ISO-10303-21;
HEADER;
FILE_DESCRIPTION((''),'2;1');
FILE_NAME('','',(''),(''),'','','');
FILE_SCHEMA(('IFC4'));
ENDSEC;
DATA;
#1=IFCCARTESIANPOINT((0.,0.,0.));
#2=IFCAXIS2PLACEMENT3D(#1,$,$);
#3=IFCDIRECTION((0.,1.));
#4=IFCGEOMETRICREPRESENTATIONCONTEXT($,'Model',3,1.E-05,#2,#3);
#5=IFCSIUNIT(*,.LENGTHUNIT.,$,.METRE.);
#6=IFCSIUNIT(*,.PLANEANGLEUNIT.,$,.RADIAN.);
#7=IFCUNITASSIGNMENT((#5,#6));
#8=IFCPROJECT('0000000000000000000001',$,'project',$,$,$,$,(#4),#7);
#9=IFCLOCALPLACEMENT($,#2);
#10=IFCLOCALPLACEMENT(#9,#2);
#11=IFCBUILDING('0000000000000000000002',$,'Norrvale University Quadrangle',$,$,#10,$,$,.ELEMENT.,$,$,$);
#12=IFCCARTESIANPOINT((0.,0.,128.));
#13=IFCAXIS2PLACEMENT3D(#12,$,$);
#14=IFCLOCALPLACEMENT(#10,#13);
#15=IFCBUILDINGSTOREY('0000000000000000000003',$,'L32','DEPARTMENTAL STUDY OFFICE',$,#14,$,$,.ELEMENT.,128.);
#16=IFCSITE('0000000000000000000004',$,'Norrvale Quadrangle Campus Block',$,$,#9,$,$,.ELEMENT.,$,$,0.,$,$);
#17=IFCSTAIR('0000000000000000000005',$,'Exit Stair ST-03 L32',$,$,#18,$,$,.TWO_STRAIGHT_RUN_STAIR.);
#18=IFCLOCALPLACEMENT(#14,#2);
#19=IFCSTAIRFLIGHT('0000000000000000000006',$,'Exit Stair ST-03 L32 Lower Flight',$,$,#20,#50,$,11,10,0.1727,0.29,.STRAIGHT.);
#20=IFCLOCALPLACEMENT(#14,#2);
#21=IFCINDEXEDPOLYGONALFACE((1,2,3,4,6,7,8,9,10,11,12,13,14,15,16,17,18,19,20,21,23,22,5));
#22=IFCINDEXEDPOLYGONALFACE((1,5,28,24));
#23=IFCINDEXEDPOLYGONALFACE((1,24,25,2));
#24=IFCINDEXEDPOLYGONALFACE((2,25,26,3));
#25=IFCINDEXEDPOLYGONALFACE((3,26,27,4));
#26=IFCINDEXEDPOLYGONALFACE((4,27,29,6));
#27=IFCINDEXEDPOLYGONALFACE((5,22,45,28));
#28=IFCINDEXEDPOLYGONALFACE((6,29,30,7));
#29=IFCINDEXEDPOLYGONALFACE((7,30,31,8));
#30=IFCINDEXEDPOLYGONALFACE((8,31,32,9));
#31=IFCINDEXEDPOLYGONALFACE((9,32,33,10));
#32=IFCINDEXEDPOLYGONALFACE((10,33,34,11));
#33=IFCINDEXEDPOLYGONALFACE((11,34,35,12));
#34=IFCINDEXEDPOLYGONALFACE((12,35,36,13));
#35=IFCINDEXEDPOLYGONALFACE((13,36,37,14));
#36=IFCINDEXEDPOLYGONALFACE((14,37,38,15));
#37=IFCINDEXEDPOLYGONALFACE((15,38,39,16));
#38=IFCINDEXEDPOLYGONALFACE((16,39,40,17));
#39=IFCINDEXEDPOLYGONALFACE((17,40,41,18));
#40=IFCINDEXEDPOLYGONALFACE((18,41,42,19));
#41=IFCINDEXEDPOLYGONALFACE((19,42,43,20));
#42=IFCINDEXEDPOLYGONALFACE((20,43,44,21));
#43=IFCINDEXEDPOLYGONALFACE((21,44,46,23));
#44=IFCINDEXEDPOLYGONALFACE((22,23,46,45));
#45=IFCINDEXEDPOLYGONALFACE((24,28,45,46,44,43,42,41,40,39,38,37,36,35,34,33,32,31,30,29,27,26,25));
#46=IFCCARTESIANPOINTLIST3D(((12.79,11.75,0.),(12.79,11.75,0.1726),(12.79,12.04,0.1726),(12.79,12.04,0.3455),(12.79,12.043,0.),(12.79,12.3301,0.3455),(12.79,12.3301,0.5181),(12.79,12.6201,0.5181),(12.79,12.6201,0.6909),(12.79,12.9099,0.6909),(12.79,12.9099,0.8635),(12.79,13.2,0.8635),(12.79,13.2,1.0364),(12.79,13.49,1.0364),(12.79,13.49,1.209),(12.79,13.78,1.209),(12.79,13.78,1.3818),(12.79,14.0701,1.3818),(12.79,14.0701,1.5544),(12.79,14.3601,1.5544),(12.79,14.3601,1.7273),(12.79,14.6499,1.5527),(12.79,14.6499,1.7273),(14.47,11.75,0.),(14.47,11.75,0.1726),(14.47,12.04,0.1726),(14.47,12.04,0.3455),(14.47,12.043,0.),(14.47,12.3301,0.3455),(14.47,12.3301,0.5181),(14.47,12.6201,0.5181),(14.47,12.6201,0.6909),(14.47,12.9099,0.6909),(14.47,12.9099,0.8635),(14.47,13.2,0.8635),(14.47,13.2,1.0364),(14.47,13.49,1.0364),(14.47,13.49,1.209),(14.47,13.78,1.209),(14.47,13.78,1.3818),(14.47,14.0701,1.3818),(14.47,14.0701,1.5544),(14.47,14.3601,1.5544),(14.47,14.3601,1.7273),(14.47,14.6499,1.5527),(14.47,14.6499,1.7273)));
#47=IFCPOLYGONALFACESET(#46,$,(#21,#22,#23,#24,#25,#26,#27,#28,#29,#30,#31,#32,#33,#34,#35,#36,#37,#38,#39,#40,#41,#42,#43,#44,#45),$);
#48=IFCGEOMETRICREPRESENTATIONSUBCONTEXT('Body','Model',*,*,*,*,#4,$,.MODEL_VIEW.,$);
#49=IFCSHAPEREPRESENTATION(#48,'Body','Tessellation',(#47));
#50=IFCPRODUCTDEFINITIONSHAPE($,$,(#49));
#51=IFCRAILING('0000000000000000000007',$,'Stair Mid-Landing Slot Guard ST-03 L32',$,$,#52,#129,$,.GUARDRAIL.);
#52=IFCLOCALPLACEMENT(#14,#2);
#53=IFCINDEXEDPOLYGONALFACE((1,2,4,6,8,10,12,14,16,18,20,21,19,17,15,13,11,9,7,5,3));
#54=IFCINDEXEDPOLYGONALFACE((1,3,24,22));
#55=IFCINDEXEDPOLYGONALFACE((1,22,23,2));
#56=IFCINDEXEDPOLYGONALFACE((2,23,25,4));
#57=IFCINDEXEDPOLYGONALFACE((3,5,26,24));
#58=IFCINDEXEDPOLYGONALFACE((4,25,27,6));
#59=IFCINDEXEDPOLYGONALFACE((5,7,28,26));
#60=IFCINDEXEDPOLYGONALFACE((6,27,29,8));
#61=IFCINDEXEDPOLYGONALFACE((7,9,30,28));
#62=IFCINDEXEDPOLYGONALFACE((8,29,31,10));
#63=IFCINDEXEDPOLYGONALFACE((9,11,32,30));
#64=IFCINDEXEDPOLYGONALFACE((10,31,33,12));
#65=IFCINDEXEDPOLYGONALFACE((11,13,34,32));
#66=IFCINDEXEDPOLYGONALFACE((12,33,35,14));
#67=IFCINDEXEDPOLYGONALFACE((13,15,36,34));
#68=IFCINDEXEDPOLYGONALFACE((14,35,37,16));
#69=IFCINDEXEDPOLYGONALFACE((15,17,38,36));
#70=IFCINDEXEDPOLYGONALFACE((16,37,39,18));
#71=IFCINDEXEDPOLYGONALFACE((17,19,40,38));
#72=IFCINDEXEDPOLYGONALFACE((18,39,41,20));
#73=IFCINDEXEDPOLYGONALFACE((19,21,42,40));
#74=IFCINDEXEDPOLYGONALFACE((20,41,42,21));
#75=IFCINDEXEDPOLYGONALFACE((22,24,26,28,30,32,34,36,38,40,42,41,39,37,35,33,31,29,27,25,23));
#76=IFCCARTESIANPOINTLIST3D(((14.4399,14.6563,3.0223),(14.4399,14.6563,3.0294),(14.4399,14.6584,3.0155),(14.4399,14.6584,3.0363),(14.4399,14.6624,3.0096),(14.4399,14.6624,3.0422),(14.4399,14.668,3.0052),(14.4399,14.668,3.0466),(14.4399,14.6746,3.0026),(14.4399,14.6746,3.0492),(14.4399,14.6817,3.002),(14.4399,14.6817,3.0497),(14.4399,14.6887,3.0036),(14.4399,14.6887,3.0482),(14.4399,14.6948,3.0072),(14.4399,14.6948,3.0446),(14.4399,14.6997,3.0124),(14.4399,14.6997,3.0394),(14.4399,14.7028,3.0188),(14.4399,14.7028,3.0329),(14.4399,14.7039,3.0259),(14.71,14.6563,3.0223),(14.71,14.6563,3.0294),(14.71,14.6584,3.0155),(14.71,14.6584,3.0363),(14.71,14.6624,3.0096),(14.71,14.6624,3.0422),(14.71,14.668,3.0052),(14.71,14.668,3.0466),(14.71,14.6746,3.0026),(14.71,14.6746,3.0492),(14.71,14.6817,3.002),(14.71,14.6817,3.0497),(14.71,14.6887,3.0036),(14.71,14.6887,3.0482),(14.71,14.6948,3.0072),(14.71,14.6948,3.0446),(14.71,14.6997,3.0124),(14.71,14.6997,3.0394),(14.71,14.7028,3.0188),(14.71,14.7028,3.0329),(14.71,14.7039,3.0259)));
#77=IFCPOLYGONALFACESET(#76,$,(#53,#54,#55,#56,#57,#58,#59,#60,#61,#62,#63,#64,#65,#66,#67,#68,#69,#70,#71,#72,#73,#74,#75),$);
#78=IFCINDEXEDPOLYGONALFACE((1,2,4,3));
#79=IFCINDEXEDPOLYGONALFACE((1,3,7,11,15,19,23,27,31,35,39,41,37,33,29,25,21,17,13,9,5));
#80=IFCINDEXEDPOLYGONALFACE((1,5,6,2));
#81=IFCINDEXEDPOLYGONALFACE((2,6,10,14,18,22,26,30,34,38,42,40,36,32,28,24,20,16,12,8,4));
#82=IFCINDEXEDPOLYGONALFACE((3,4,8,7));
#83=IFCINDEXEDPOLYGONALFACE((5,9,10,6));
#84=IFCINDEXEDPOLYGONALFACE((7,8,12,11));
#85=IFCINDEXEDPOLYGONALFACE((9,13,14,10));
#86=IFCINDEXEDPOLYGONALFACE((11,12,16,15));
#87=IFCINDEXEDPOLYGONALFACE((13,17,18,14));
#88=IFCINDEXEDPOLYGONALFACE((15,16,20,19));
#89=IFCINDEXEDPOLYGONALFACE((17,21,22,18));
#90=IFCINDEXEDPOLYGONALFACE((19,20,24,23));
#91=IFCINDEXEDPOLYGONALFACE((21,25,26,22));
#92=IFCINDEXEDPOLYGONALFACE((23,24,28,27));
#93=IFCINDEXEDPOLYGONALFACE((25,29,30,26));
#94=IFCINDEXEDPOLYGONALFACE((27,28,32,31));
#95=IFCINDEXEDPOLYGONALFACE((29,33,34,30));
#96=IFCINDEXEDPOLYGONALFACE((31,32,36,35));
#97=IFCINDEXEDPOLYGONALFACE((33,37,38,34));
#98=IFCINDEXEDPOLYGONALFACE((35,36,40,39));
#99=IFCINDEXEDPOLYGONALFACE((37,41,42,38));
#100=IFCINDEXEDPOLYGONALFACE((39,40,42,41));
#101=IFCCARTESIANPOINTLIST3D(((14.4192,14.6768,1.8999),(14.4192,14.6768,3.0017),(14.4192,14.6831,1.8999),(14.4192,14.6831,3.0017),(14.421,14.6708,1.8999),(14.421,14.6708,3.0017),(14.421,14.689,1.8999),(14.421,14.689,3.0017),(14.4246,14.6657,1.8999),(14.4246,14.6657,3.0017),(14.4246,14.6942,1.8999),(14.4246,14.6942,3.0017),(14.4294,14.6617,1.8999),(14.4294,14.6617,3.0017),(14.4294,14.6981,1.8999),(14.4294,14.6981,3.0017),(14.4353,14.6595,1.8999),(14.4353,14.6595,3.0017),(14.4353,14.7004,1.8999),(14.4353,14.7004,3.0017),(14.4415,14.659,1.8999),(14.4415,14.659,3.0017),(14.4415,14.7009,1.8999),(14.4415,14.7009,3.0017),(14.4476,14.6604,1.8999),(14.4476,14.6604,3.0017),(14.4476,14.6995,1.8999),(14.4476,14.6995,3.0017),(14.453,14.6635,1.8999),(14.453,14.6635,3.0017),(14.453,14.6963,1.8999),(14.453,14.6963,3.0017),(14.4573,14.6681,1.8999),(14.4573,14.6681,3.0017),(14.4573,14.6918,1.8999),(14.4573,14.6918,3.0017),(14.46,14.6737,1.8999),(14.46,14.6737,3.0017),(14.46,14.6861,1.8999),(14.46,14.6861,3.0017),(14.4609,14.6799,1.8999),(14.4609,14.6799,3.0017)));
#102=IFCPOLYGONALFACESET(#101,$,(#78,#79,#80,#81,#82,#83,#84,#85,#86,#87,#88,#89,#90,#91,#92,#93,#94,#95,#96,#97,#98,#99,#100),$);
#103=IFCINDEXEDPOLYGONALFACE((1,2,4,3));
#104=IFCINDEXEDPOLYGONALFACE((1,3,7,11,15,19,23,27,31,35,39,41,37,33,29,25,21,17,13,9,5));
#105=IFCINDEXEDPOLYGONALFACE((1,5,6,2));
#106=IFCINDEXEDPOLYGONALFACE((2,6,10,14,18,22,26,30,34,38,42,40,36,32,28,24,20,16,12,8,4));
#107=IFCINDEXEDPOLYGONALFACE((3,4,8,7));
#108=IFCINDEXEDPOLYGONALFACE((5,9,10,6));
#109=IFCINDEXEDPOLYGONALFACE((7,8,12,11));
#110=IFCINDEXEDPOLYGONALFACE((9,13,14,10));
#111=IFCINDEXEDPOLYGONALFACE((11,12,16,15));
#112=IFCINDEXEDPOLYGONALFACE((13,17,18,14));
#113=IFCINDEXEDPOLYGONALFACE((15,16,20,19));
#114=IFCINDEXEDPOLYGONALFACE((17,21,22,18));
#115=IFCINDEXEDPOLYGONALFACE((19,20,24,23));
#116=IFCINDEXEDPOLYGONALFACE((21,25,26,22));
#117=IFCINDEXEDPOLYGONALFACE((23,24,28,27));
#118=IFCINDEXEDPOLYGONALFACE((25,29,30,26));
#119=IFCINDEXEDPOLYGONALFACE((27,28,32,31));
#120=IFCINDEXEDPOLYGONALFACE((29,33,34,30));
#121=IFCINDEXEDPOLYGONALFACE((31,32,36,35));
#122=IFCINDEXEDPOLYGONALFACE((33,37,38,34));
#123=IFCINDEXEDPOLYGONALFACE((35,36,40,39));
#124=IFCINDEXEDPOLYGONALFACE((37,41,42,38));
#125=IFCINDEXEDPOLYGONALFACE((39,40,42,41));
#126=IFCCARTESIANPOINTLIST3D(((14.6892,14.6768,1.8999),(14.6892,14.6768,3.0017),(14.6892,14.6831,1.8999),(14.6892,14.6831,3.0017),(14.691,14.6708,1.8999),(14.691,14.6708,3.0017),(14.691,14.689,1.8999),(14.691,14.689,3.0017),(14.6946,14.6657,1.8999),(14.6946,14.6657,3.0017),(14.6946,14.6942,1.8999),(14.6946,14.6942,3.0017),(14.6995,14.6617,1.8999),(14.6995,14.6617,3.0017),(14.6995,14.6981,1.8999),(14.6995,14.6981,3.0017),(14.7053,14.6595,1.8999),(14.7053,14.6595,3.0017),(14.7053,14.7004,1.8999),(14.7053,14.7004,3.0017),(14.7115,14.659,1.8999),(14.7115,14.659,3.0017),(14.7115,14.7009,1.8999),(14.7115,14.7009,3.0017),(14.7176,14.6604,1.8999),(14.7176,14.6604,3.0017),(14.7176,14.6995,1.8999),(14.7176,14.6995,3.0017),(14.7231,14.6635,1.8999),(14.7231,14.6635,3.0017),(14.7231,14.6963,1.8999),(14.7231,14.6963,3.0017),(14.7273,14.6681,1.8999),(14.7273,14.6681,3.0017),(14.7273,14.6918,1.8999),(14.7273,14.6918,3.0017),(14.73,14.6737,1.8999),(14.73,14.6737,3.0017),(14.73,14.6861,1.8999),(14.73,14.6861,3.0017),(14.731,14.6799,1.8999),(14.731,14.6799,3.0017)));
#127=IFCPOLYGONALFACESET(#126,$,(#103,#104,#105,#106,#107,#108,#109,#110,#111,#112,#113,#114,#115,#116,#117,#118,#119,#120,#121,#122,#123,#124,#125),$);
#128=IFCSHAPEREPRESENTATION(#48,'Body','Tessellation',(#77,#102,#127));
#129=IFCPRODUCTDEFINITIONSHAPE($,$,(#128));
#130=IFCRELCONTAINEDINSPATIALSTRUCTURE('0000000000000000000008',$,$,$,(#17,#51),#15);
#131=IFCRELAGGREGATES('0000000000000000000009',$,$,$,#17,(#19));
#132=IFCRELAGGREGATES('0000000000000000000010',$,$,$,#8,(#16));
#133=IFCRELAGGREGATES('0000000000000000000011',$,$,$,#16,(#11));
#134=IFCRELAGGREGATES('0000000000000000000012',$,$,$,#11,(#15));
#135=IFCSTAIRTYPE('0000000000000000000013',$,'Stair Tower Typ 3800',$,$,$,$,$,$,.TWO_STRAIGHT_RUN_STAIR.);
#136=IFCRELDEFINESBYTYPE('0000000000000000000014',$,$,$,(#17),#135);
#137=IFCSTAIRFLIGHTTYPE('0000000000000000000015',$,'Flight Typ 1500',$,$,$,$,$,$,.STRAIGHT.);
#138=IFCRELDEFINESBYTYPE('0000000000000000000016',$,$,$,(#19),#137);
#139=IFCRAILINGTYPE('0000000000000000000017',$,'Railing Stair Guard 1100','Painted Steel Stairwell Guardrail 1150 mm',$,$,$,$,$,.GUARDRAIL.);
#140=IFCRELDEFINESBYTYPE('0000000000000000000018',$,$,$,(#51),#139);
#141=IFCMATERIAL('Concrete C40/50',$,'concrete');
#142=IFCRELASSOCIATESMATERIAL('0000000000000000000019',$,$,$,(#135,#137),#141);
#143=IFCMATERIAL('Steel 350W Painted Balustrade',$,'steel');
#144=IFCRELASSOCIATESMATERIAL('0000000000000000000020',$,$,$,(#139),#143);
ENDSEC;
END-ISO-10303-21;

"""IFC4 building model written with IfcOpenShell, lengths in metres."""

from ifc_helpers import new_model, si_unit, direction, frame, origin, origin_2d, place, context, subcontext, project, spatial, polyline, circle, outline, extrude, material, type_object, element, aggregate, save


model = new_model("IFC4")

# Units and contexts
model_context = context("Model", 3, precision=1e-05, world=origin(), true_north=direction((0.0, 1.0)))
body_context = subcontext(model_context, "Body", "Model", "MODEL_VIEW")
ifc_project = project(units=[si_unit("LENGTHUNIT", "METRE"), si_unit("PLANEANGLEUNIT", "RADIAN")], contexts=[model_context])

# Site, building, storey
site_placement = place(None, origin())
site = spatial("IfcSite", under=ifc_project, at=site_placement, Name="Norrvale Quadrangle Campus Block", CompositionType="ELEMENT", RefElevation=0.0)
building_placement = place(site_placement, origin())
building = spatial("IfcBuilding", under=site, at=building_placement, Name="Norrvale University Quadrangle", CompositionType="ELEMENT")
storey_placement = place(building_placement, frame((0.0, 0.0, 128.0)))
storey = spatial("IfcBuildingStorey", under=building, at=storey_placement, Name="L32", Description="DEPARTMENTAL STUDY OFFICE", CompositionType="ELEMENT", Elevation=128.0)

# Stair, stair flight
ifc_material_1 = material(Name="Concrete C40/50", Category="concrete")
stair_type = type_object("IfcStairType", Name="Stair Tower Typ 3800", PredefinedType="TWO_STRAIGHT_RUN_STAIR", material=ifc_material_1)
stair_placement = place(storey_placement, origin())
stair = element("IfcStair", 1, at=stair_placement, inside=storey, type_object=stair_type, Name="Exit Stair ST-03 L32", PredefinedType="TWO_STRAIGHT_RUN_STAIR")
stair_flight_type = type_object("IfcStairFlightType", Name="Flight Typ 1500", PredefinedType="STRAIGHT", material=ifc_material_1)
stair_flight_placement = place(storey_placement, frame((13.6299, 11.75, 0.0), z_axis=(0.0, 0.0, 1.0), x_axis=(0.0, 1.0, 0.0)))
stair_flight = element("IfcStairFlight", 2, at=stair_flight_placement, type_object=stair_flight_type, Name="Exit Stair ST-03 L32 Lower Flight", NumberOfRisers=11, NumberOfTreads=10, PredefinedType="STRAIGHT", RiserHeight=0.1727, TreadLength=0.29, context=body_context, shape_type="SweptSolid", body=[
    extrude(outline(polyline([(0.0, 0.0), (0.0, 0.1726), (0.29, 0.1726), (0.29, 0.3455), (0.5801, 0.3455), (0.5801, 0.5181), (0.8701, 0.5181), (0.8701, 0.6909), (1.1599, 0.6909), (1.1599, 0.8635), (1.45, 0.8635), (1.45, 1.0364), (1.74, 1.0364), (1.74, 1.209), (2.03, 1.209), (2.03, 1.3818), (2.3201, 1.3818), (2.3201, 1.5544), (2.6101, 1.5544), (2.6101, 1.7273), (2.8999, 1.7273), (2.8999, 1.8999), (2.8999, 1.5527), (0.293, 0.0), (0.0, 0.0)])), frame((0.0, 0.8398, 0.0), z_axis=(0.0, -1.0, 0.0), x_axis=(1.0, 0.0, 0.0)), (0.0, 0.0, 1.0), 1.6799),
])
aggregate(stair, [stair_flight])

# Railing
ifc_material_2 = material(Name="Steel 350W Painted Balustrade", Category="steel")
railing_type_1 = type_object("IfcRailingType", Name="Railing Stair Guard 1100", Description="Painted Steel Stairwell Guardrail 1150 mm", PredefinedType="GUARDRAIL", material=ifc_material_2)
railing_1_placement = place(storey_placement, frame((14.4399, 14.6799, 1.8999)))
element("IfcRailing", 3, at=railing_1_placement, inside=storey, type_object=railing_type_1, Name="Stair Mid-Landing Slot Guard ST-03 L32", PredefinedType="GUARDRAIL", context=body_context, shape_type="SweptSolid", body=[
    extrude(circle(Radius=0.0239, at=origin_2d()), frame((0.0, 0.0, 1.126), z_axis=(1.0, 0.0, 0.0), x_axis=(0.0, 1.0, 0.0)), (0.0, 0.0, 1.0), 0.27),
    extrude(circle(Radius=0.021, at=origin_2d()), origin(), (0.0, 0.0, 1.0), 1.1018),
    extrude(circle(Radius=0.021, at=origin_2d()), frame((0.27, 0.0, 0.0)), (0.0, 0.0, 1.0), 1.1018),
])

save(model, "model.ifc")
